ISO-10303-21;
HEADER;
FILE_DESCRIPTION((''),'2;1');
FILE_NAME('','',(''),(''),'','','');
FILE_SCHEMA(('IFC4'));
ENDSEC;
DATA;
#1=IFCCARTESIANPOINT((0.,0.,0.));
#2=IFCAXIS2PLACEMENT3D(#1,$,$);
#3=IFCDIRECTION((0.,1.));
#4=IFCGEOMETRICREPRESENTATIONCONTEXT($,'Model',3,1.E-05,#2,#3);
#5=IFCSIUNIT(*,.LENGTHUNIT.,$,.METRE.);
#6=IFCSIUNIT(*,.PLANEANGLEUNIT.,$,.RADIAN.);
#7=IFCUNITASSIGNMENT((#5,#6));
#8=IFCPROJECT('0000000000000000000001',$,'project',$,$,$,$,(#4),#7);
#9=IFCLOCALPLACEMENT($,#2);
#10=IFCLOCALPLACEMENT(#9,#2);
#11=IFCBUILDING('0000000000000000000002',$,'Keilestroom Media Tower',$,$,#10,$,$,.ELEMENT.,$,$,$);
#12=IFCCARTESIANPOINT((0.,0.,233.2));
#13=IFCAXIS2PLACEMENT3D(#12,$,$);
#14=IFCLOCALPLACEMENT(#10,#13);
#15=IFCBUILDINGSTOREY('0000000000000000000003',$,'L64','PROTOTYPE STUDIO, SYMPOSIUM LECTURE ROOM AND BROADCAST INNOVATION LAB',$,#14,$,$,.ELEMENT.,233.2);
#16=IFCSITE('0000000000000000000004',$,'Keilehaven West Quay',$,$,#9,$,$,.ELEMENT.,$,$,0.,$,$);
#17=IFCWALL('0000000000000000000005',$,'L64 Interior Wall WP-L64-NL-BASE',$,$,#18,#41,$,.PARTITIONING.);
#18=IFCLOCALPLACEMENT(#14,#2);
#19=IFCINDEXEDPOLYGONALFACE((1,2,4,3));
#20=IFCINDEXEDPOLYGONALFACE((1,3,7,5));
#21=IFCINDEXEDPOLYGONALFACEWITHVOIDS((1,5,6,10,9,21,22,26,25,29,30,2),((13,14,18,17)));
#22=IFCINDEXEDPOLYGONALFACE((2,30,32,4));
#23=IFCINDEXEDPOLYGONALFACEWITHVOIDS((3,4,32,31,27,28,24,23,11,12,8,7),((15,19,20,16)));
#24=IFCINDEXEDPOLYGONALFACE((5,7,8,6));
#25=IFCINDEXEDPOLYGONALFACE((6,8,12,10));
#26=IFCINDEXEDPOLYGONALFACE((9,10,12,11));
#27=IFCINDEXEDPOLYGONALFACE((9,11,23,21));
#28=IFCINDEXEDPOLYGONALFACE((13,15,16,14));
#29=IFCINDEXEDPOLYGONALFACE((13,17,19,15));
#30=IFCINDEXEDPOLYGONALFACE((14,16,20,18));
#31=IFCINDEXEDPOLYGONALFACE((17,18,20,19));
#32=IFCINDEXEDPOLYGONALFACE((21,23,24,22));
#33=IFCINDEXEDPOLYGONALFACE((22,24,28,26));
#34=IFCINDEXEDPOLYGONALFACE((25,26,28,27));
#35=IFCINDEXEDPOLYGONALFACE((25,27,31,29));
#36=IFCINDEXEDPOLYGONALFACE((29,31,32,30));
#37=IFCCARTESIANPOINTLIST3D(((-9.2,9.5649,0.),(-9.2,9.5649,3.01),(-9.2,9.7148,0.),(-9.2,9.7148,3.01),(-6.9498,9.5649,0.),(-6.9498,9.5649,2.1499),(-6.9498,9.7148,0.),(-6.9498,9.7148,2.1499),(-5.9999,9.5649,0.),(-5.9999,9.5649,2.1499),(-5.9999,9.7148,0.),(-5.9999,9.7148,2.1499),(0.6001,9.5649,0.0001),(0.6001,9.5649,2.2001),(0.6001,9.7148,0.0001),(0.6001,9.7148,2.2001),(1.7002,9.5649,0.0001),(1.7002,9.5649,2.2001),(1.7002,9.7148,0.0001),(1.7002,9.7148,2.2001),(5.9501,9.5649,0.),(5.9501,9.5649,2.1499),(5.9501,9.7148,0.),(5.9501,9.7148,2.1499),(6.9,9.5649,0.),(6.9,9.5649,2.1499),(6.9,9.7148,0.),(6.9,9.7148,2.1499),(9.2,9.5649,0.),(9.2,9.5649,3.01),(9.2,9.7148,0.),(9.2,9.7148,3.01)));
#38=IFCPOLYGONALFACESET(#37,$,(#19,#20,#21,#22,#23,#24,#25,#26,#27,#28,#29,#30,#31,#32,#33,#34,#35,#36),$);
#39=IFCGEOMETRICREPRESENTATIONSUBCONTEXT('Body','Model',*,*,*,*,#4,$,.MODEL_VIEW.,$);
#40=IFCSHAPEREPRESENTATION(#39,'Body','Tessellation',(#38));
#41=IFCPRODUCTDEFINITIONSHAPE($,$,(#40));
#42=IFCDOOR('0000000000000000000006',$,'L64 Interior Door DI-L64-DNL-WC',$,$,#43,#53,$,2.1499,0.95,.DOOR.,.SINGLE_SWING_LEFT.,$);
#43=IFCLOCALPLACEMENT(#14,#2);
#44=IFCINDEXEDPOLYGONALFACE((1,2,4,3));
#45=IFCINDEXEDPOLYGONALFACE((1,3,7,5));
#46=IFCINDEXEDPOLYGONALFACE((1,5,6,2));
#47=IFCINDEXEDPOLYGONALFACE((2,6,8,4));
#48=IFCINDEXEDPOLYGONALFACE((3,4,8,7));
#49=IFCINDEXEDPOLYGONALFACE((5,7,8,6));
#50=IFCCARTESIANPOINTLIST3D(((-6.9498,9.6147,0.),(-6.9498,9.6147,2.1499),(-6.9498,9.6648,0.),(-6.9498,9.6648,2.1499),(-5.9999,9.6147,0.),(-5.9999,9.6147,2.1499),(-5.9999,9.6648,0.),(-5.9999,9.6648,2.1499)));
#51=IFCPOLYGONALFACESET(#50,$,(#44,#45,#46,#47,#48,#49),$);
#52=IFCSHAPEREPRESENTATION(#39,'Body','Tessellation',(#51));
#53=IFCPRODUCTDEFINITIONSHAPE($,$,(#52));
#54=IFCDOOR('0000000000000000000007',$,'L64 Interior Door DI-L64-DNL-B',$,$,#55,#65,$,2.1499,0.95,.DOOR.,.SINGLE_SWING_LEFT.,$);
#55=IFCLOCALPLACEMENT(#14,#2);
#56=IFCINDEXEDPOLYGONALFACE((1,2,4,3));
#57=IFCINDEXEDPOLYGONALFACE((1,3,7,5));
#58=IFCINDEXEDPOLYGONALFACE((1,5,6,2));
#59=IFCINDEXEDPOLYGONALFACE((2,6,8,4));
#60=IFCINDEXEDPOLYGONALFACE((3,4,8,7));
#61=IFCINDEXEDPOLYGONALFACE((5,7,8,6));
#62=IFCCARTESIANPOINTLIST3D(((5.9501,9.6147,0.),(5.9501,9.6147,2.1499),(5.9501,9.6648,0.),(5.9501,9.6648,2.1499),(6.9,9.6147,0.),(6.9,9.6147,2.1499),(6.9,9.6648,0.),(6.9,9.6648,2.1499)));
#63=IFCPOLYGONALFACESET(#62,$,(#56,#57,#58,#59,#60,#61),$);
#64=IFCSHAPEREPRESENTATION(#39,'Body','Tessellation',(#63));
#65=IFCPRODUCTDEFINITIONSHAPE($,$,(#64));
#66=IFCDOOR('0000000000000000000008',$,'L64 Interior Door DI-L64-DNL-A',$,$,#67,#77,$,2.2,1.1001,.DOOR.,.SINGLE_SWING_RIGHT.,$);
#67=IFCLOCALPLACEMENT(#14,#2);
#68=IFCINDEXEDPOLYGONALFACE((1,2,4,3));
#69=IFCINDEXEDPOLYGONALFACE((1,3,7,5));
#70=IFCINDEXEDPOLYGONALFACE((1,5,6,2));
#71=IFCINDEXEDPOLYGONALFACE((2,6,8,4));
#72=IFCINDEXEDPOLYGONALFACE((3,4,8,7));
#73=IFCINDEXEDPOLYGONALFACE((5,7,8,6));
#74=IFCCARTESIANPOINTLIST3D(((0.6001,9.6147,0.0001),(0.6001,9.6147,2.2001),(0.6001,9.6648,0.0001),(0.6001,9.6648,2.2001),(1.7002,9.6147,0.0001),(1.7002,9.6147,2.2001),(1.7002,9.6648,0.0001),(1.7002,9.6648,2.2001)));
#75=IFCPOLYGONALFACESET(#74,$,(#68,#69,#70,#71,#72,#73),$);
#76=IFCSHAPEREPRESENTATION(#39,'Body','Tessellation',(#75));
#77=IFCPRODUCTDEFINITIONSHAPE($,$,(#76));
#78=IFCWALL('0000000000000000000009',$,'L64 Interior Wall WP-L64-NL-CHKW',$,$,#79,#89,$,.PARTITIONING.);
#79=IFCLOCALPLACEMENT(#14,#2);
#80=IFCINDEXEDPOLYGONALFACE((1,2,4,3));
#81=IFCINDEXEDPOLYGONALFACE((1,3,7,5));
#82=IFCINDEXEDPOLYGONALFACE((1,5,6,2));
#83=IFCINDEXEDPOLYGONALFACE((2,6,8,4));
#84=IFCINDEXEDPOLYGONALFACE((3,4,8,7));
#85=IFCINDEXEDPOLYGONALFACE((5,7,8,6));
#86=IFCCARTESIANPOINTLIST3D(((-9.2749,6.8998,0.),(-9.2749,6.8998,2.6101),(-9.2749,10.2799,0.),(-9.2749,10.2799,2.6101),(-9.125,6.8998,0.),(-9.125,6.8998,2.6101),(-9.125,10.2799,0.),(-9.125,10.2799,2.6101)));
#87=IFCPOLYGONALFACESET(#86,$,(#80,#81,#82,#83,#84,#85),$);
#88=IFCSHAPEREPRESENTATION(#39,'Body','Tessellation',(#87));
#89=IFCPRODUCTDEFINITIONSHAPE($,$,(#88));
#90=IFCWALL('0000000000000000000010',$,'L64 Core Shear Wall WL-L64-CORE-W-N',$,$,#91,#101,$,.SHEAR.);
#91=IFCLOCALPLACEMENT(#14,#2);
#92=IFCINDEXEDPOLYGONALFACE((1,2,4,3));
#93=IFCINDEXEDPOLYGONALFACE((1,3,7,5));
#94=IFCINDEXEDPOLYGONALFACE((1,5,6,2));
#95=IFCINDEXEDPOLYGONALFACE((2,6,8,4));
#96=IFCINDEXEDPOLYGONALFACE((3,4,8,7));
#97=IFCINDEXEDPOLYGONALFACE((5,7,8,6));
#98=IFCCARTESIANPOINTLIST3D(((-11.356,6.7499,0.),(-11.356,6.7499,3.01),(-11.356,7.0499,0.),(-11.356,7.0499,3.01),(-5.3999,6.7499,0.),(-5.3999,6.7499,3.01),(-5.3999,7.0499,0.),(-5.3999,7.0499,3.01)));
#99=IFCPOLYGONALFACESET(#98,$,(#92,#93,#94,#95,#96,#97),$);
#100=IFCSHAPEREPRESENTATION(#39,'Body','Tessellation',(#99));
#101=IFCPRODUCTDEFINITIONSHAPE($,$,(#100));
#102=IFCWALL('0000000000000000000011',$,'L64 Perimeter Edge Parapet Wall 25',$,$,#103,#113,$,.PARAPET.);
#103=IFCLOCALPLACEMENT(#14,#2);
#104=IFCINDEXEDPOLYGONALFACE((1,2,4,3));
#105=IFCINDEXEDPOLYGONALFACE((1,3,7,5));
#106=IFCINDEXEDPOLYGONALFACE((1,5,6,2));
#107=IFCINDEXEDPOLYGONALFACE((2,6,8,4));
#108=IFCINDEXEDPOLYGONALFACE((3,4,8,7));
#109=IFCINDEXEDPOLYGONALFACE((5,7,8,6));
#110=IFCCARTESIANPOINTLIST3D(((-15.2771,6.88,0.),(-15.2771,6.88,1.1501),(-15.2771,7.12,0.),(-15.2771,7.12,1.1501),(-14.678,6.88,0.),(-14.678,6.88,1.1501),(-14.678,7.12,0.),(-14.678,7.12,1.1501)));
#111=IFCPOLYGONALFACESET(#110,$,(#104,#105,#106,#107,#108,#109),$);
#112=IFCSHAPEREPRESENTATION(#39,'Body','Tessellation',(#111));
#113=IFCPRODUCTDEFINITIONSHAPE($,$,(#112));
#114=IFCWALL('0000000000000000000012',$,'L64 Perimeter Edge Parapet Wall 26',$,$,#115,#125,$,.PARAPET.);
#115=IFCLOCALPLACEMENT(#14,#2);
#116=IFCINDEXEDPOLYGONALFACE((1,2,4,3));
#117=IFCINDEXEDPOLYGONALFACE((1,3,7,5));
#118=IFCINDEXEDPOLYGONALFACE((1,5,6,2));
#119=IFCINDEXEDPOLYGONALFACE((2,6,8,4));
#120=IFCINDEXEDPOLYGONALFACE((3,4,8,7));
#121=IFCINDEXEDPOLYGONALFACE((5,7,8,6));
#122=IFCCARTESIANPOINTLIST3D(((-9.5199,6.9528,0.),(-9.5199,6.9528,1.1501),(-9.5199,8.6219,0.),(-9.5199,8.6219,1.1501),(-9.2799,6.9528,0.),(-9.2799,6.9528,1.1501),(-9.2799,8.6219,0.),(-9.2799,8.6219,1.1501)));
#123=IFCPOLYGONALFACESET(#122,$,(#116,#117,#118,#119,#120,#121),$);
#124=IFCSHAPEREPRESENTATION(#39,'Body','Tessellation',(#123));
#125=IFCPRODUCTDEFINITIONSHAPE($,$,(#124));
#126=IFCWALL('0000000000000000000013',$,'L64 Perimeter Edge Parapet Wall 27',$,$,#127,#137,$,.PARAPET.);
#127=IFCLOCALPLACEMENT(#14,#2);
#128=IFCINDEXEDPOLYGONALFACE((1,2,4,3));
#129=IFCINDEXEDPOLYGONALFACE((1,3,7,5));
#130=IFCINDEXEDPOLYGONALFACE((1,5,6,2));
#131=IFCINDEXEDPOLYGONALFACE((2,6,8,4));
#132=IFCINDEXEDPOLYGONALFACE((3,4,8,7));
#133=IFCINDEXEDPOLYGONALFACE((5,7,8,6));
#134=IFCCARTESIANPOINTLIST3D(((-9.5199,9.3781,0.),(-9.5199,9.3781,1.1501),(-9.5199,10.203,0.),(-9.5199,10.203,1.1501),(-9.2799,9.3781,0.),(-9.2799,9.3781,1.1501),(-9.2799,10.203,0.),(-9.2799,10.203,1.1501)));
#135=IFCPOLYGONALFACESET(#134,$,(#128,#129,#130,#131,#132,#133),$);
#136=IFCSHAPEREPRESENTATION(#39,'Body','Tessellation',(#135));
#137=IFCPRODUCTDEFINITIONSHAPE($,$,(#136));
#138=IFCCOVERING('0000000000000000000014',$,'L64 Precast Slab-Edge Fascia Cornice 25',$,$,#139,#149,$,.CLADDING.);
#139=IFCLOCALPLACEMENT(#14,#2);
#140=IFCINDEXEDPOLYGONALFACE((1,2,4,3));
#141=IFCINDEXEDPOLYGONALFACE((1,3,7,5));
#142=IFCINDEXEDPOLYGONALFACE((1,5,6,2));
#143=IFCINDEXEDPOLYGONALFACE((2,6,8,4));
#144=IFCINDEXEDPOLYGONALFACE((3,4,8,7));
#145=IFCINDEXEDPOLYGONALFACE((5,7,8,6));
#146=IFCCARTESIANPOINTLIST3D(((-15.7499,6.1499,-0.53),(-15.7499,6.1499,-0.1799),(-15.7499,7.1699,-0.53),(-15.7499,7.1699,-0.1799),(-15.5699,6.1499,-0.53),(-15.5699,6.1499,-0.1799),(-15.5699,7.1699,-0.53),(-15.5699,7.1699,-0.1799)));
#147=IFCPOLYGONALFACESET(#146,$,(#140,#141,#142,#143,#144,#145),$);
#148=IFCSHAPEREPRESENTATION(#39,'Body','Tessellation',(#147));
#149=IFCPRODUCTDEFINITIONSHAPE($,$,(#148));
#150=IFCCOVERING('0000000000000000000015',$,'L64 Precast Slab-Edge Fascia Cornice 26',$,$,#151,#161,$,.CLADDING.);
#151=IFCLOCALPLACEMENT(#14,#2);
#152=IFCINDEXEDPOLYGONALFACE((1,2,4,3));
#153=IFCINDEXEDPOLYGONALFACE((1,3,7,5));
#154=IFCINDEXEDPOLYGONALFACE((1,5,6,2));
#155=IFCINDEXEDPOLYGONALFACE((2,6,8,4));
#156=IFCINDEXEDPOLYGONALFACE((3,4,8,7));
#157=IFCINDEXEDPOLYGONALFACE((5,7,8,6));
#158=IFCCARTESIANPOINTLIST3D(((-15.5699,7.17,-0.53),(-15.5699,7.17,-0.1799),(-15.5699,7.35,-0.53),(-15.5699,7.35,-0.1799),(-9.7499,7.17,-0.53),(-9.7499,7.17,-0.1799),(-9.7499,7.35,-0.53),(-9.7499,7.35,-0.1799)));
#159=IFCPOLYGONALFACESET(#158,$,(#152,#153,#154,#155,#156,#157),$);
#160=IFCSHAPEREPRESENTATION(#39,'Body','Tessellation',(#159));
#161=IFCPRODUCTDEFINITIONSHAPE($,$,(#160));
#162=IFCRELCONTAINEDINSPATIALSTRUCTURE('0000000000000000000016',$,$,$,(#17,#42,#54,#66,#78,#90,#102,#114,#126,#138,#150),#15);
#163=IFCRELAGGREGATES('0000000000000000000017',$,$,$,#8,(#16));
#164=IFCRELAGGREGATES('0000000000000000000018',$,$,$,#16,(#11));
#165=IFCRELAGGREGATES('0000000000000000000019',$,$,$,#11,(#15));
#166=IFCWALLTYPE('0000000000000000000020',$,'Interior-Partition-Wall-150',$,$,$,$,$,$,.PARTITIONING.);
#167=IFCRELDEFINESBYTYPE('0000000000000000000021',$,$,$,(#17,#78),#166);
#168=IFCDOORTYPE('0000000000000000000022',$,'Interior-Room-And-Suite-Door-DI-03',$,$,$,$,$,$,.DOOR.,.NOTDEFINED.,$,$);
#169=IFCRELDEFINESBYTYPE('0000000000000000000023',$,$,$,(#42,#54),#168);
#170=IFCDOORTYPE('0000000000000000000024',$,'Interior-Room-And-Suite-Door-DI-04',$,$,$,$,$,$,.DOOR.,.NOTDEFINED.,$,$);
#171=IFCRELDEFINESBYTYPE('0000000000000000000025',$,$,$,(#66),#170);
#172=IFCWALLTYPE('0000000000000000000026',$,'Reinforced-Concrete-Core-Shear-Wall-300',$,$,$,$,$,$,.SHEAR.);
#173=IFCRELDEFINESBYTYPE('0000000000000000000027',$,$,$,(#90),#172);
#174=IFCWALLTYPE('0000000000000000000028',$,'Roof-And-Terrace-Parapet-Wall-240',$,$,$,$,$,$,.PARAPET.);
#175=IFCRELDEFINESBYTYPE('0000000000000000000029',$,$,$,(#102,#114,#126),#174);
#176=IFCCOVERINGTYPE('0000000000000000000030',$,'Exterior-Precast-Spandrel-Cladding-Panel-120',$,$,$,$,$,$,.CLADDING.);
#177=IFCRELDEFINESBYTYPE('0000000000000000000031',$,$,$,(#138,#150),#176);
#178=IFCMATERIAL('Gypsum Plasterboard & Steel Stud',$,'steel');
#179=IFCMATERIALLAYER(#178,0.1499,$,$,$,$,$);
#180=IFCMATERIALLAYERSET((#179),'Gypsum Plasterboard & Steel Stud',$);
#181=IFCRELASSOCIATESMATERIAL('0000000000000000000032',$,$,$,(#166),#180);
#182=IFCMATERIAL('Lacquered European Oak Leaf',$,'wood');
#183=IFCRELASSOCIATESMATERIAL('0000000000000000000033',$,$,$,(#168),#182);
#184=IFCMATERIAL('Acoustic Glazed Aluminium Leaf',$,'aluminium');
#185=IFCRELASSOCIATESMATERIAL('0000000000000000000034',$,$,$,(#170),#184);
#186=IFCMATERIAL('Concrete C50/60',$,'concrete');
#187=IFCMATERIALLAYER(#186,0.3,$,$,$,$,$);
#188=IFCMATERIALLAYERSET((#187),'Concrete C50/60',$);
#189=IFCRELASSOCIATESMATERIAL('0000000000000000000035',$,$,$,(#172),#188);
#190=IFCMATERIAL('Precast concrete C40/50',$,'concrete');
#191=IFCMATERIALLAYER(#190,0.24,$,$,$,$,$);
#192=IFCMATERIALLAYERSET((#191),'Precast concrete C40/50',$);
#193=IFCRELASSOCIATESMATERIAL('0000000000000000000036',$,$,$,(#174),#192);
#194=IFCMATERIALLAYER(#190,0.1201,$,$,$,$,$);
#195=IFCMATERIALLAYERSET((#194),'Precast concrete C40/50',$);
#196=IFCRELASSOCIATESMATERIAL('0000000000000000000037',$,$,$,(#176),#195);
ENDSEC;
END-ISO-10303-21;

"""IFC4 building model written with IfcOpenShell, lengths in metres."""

from ifc_helpers import new_model, si_unit, direction, frame, frame_2d, origin, origin_2d, place, context, subcontext, project, spatial, rectangle, extrude, source, transform, mapped, material, layer, layer_set, type_object, element, fill, save


model = new_model("IFC4")

# Units and contexts
model_context = context("Model", 3, precision=1e-05, world=origin(), true_north=direction((0.0, 1.0)))
body_context = subcontext(model_context, "Body", "Model", "MODEL_VIEW")
ifc_project = project(units=[si_unit("LENGTHUNIT", "METRE"), si_unit("PLANEANGLEUNIT", "RADIAN")], contexts=[model_context])

# Site, building, storey
site_placement = place(None, origin())
site = spatial("IfcSite", under=ifc_project, at=site_placement, Name="Keilehaven West Quay", CompositionType="ELEMENT", RefElevation=0.0)
building_placement = place(site_placement, origin())
building = spatial("IfcBuilding", under=site, at=building_placement, Name="Keilestroom Media Tower", CompositionType="ELEMENT")
storey_placement = place(building_placement, frame((0.0, 0.0, 233.2)))
storey = spatial("IfcBuildingStorey", under=building, at=storey_placement, Name="L64", Description="PROTOTYPE STUDIO, SYMPOSIUM LECTURE ROOM AND BROADCAST INNOVATION LAB", CompositionType="ELEMENT", Elevation=233.2)

# Shared definitions
ifc_material_1 = material(Name="Precast concrete C40/50", Category="concrete")
ifc_material_2 = material(Name="Concrete C50/60", Category="concrete")

# Shared definitions
ifc_material_3 = material(Name="Gypsum Plasterboard & Steel Stud", Category="steel")

# Wall, openings, doors
ifc_layer_1 = layer(ifc_material_3, 0.1499)
ifc_layer_set_1 = layer_set([ifc_layer_1], Name="Gypsum Plasterboard & Steel Stud")
wall_type_1 = type_object("IfcWallType", Name="Interior-Partition-Wall-150", PredefinedType="PARTITIONING", material=ifc_layer_set_1)
wall_1_placement = place(storey_placement, frame((-9.2, 9.6399, 0.0), z_axis=(0.0, 0.0, 1.0), x_axis=(1.0, 0.0, 0.0)))
wall_1 = element("IfcWall", 1, at=wall_1_placement, inside=storey, type_object=wall_type_1, Name="L64 Interior Wall WP-L64-NL-BASE", PredefinedType="PARTITIONING", context=body_context, shape_type="SweptSolid", body=[
    extrude(rectangle(XDim=18.3999, YDim=0.1499, at=frame_2d((9.2, 0.0))), origin(), (0.0, 0.0, 1.0), 3.01),
])
opening_1_placement = place(wall_1_placement, frame((2.25, 0.0, 0.0)))
opening_1 = element("IfcOpeningElement", 2, at=opening_1_placement, cuts=wall_1, PredefinedType="OPENING", context=body_context, shape_type="SweptSolid", body=[
    extrude(rectangle(XDim=0.95, YDim=2.1499, at=frame_2d((0.4751, 1.075))), frame((0.0, 0.085, 0.0), z_axis=(0.0, -1.0, 0.0), x_axis=(1.0, 0.0, 0.0)), (0.0, 0.0, 1.0), 0.1699),
])
opening_2_placement = place(wall_1_placement, frame((9.8, 0.0, 0.0)))
opening_2 = element("IfcOpeningElement", 3, at=opening_2_placement, cuts=wall_1, PredefinedType="OPENING", context=body_context, shape_type="SweptSolid", body=[
    extrude(rectangle(XDim=1.1001, YDim=2.2, at=frame_2d((0.55, 1.1001))), frame((0.0, 0.085, 0.0), z_axis=(0.0, -1.0, 0.0), x_axis=(1.0, 0.0, 0.0)), (0.0, 0.0, 1.0), 0.1699),
])
opening_3_placement = place(wall_1_placement, frame((15.1499, 0.0, 0.0)))
opening_3 = element("IfcOpeningElement", 4, at=opening_3_placement, cuts=wall_1, PredefinedType="OPENING", context=body_context, shape_type="SweptSolid", body=[
    extrude(rectangle(XDim=0.95, YDim=2.1499, at=frame_2d((0.4751, 1.075))), frame((0.0, 0.085, 0.0), z_axis=(0.0, -1.0, 0.0), x_axis=(1.0, 0.0, 0.0)), (0.0, 0.0, 1.0), 0.1699),
])
ifc_material_4 = material(Name="Lacquered European Oak Leaf", Category="wood")
door_type_1 = type_object("IfcDoorType", Name="Interior-Room-And-Suite-Door-DI-03", OperationType="NOTDEFINED", PredefinedType="DOOR", material=ifc_material_4)
shared_shape_1 = source(origin(), body_context, "Body", "SweptSolid", [
    extrude(rectangle(XDim=0.95, YDim=2.1499, at=frame_2d((0.4751, 1.075))), frame((0.0, 0.0249, 0.0), z_axis=(0.0, -1.0, 0.0), x_axis=(1.0, 0.0, 0.0)), (0.0, 0.0, 1.0), 0.05),
])
door_1_placement = place(opening_1_placement, origin())
door_1 = element("IfcDoor", 5, at=door_1_placement, inside=storey, type_object=door_type_1, Name="L64 Interior Door DI-L64-DNL-WC", OperationType="SINGLE_SWING_LEFT", OverallHeight=2.1499, OverallWidth=0.95, PredefinedType="DOOR", context=body_context, shape_type="MappedRepresentation", body=[
    mapped(shared_shape_1, transform((0.0, 0.0, 0.0), x_axis=(1.0, 0.0, 0.0), y_axis=(0.0, 1.0, 0.0), z_axis=(0.0, 0.0, 1.0), scale=1.0)),
])
fill(opening_1, door_1)
door_2_placement = place(opening_3_placement, origin())
door_2 = element("IfcDoor", 6, at=door_2_placement, inside=storey, type_object=door_type_1, Name="L64 Interior Door DI-L64-DNL-B", OperationType="SINGLE_SWING_LEFT", OverallHeight=2.1499, OverallWidth=0.95, PredefinedType="DOOR", context=body_context, shape_type="MappedRepresentation", body=[
    mapped(shared_shape_1, transform((0.0, 0.0, 0.0), x_axis=(1.0, 0.0, 0.0), y_axis=(0.0, 1.0, 0.0), z_axis=(0.0, 0.0, 1.0), scale=1.0)),
])
fill(opening_3, door_2)
ifc_material_5 = material(Name="Acoustic Glazed Aluminium Leaf", Category="aluminium")
door_type_2 = type_object("IfcDoorType", Name="Interior-Room-And-Suite-Door-DI-04", OperationType="NOTDEFINED", PredefinedType="DOOR", material=ifc_material_5)
shared_shape_2 = source(origin(), body_context, "Body", "SweptSolid", [
    extrude(rectangle(XDim=1.1001, YDim=2.2, at=frame_2d((0.55, 1.1001))), frame((0.0, 0.0249, 0.0), z_axis=(0.0, -1.0, 0.0), x_axis=(1.0, 0.0, 0.0)), (0.0, 0.0, 1.0), 0.05),
])
door_3_placement = place(opening_2_placement, origin())
door_3 = element("IfcDoor", 7, at=door_3_placement, inside=storey, type_object=door_type_2, Name="L64 Interior Door DI-L64-DNL-A", OperationType="SINGLE_SWING_RIGHT", OverallHeight=2.2, OverallWidth=1.1001, PredefinedType="DOOR", context=body_context, shape_type="MappedRepresentation", body=[
    mapped(shared_shape_2, transform((0.0, 0.0, 0.0), x_axis=(1.0, 0.0, 0.0), y_axis=(0.0, 1.0, 0.0), z_axis=(0.0, 0.0, 1.0), scale=1.0)),
])
fill(opening_2, door_3)

# Walls
wall_2_placement = place(storey_placement, frame((-9.2, 6.8999, 0.0), z_axis=(0.0, 0.0, 1.0), x_axis=(0.0, 1.0, 0.0)))
element("IfcWall", 8, at=wall_2_placement, inside=storey, type_object=wall_type_1, Name="L64 Interior Wall WP-L64-NL-CHKW", PredefinedType="PARTITIONING", context=body_context, shape_type="SweptSolid", body=[
    extrude(rectangle(XDim=3.3801, YDim=0.1499, at=frame_2d((1.6899, 0.0))), origin(), (0.0, 0.0, 1.0), 2.6101),
])
ifc_layer_2 = layer(ifc_material_2, 0.3)
ifc_layer_set_2 = layer_set([ifc_layer_2], Name="Concrete C50/60")
wall_type_2 = type_object("IfcWallType", Name="Reinforced-Concrete-Core-Shear-Wall-300", PredefinedType="SHEAR", material=ifc_layer_set_2)
wall_3_placement = place(storey_placement, frame((-11.356, 6.8999, 0.0), z_axis=(0.0, 0.0, 1.0), x_axis=(1.0, 0.0, 0.0)))
element("IfcWall", 9, at=wall_3_placement, inside=storey, type_object=wall_type_2, Name="L64 Core Shear Wall WL-L64-CORE-W-N", PredefinedType="SHEAR", context=body_context, shape_type="SweptSolid", body=[
    extrude(rectangle(XDim=5.9561, YDim=0.3, at=frame_2d((2.978, 0.0))), origin(), (0.0, 0.0, 1.0), 3.01),
])
ifc_layer_3 = layer(ifc_material_1, 0.24)
ifc_layer_set_3 = layer_set([ifc_layer_3], Name="Precast concrete C40/50")
wall_type_3 = type_object("IfcWallType", Name="Roof-And-Terrace-Parapet-Wall-240", PredefinedType="PARAPET", material=ifc_layer_set_3)
wall_4_placement = place(storey_placement, frame((-15.2771, 7.0, 0.0), z_axis=(0.0, 0.0, 1.0), x_axis=(1.0, 0.0, 0.0)))
element("IfcWall", 10, at=wall_4_placement, inside=storey, type_object=wall_type_3, Name="L64 Perimeter Edge Parapet Wall 25", PredefinedType="PARAPET", context=body_context, shape_type="SweptSolid", body=[
    extrude(rectangle(XDim=0.5991, YDim=0.24, at=frame_2d((0.2996, 0.0))), origin(), (0.0, 0.0, 1.0), 1.1501),
])
wall_5_placement = place(storey_placement, frame((-9.3999, 6.9529, 0.0), z_axis=(0.0, 0.0, 1.0), x_axis=(0.0, 1.0, 0.0)))
element("IfcWall", 11, at=wall_5_placement, inside=storey, type_object=wall_type_3, Name="L64 Perimeter Edge Parapet Wall 26", PredefinedType="PARAPET", context=body_context, shape_type="SweptSolid", body=[
    extrude(rectangle(XDim=1.6692, YDim=0.24, at=frame_2d((0.8345, 0.0))), origin(), (0.0, 0.0, 1.0), 1.1501),
])
wall_6_placement = place(storey_placement, frame((-9.3999, 9.3779, 0.0), z_axis=(0.0, 0.0, 1.0), x_axis=(0.0, 1.0, 0.0)))
element("IfcWall", 12, at=wall_6_placement, inside=storey, type_object=wall_type_3, Name="L64 Perimeter Edge Parapet Wall 27", PredefinedType="PARAPET", context=body_context, shape_type="SweptSolid", body=[
    extrude(rectangle(XDim=0.825, YDim=0.24, at=frame_2d((0.4126, 0.0))), origin(), (0.0, 0.0, 1.0), 1.1501),
])

# Coverings
ifc_layer_4 = layer(ifc_material_1, 0.1201)
ifc_layer_set_4 = layer_set([ifc_layer_4], Name="Precast concrete C40/50")
covering_type = type_object("IfcCoveringType", Name="Exterior-Precast-Spandrel-Cladding-Panel-120", PredefinedType="CLADDING", material=ifc_layer_set_4)
shared_shape_3 = source(origin(), body_context, "Body", "SweptSolid", [
    extrude(rectangle(XDim=1.02, YDim=0.1799, at=origin_2d()), origin(), (0.0, 0.0, 1.0), 0.3501),
])
covering_1_placement = place(storey_placement, frame((-15.6599, 6.6599, -0.53), z_axis=(0.0, 0.0, 1.0), x_axis=(0.0, 1.0, 0.0)))
element("IfcCovering", 13, at=covering_1_placement, inside=storey, type_object=covering_type, Name="L64 Precast Slab-Edge Fascia Cornice 25", PredefinedType="CLADDING", context=body_context, shape_type="MappedRepresentation", body=[
    mapped(shared_shape_3, transform((0.0, 0.0, 0.0), x_axis=(1.0, 0.0, 0.0), y_axis=(0.0, 1.0, 0.0), z_axis=(0.0, 0.0, 1.0), scale=1.0)),
])
shared_shape_4 = source(origin(), body_context, "Body", "SweptSolid", [
    extrude(rectangle(XDim=5.8201, YDim=0.1799, at=origin_2d()), origin(), (0.0, 0.0, 1.0), 0.3501),
])
covering_2_placement = place(storey_placement, frame((-12.6599, 7.26, -0.53), z_axis=(0.0, 0.0, 1.0), x_axis=(1.0, 0.0, 0.0)))
element("IfcCovering", 14, at=covering_2_placement, inside=storey, type_object=covering_type, Name="L64 Precast Slab-Edge Fascia Cornice 26", PredefinedType="CLADDING", context=body_context, shape_type="MappedRepresentation", body=[
    mapped(shared_shape_4, transform((0.0, 0.0, 0.0), x_axis=(1.0, 0.0, 0.0), y_axis=(0.0, 1.0, 0.0), z_axis=(0.0, 0.0, 1.0), scale=1.0)),
])

save(model, "model.ifc")
